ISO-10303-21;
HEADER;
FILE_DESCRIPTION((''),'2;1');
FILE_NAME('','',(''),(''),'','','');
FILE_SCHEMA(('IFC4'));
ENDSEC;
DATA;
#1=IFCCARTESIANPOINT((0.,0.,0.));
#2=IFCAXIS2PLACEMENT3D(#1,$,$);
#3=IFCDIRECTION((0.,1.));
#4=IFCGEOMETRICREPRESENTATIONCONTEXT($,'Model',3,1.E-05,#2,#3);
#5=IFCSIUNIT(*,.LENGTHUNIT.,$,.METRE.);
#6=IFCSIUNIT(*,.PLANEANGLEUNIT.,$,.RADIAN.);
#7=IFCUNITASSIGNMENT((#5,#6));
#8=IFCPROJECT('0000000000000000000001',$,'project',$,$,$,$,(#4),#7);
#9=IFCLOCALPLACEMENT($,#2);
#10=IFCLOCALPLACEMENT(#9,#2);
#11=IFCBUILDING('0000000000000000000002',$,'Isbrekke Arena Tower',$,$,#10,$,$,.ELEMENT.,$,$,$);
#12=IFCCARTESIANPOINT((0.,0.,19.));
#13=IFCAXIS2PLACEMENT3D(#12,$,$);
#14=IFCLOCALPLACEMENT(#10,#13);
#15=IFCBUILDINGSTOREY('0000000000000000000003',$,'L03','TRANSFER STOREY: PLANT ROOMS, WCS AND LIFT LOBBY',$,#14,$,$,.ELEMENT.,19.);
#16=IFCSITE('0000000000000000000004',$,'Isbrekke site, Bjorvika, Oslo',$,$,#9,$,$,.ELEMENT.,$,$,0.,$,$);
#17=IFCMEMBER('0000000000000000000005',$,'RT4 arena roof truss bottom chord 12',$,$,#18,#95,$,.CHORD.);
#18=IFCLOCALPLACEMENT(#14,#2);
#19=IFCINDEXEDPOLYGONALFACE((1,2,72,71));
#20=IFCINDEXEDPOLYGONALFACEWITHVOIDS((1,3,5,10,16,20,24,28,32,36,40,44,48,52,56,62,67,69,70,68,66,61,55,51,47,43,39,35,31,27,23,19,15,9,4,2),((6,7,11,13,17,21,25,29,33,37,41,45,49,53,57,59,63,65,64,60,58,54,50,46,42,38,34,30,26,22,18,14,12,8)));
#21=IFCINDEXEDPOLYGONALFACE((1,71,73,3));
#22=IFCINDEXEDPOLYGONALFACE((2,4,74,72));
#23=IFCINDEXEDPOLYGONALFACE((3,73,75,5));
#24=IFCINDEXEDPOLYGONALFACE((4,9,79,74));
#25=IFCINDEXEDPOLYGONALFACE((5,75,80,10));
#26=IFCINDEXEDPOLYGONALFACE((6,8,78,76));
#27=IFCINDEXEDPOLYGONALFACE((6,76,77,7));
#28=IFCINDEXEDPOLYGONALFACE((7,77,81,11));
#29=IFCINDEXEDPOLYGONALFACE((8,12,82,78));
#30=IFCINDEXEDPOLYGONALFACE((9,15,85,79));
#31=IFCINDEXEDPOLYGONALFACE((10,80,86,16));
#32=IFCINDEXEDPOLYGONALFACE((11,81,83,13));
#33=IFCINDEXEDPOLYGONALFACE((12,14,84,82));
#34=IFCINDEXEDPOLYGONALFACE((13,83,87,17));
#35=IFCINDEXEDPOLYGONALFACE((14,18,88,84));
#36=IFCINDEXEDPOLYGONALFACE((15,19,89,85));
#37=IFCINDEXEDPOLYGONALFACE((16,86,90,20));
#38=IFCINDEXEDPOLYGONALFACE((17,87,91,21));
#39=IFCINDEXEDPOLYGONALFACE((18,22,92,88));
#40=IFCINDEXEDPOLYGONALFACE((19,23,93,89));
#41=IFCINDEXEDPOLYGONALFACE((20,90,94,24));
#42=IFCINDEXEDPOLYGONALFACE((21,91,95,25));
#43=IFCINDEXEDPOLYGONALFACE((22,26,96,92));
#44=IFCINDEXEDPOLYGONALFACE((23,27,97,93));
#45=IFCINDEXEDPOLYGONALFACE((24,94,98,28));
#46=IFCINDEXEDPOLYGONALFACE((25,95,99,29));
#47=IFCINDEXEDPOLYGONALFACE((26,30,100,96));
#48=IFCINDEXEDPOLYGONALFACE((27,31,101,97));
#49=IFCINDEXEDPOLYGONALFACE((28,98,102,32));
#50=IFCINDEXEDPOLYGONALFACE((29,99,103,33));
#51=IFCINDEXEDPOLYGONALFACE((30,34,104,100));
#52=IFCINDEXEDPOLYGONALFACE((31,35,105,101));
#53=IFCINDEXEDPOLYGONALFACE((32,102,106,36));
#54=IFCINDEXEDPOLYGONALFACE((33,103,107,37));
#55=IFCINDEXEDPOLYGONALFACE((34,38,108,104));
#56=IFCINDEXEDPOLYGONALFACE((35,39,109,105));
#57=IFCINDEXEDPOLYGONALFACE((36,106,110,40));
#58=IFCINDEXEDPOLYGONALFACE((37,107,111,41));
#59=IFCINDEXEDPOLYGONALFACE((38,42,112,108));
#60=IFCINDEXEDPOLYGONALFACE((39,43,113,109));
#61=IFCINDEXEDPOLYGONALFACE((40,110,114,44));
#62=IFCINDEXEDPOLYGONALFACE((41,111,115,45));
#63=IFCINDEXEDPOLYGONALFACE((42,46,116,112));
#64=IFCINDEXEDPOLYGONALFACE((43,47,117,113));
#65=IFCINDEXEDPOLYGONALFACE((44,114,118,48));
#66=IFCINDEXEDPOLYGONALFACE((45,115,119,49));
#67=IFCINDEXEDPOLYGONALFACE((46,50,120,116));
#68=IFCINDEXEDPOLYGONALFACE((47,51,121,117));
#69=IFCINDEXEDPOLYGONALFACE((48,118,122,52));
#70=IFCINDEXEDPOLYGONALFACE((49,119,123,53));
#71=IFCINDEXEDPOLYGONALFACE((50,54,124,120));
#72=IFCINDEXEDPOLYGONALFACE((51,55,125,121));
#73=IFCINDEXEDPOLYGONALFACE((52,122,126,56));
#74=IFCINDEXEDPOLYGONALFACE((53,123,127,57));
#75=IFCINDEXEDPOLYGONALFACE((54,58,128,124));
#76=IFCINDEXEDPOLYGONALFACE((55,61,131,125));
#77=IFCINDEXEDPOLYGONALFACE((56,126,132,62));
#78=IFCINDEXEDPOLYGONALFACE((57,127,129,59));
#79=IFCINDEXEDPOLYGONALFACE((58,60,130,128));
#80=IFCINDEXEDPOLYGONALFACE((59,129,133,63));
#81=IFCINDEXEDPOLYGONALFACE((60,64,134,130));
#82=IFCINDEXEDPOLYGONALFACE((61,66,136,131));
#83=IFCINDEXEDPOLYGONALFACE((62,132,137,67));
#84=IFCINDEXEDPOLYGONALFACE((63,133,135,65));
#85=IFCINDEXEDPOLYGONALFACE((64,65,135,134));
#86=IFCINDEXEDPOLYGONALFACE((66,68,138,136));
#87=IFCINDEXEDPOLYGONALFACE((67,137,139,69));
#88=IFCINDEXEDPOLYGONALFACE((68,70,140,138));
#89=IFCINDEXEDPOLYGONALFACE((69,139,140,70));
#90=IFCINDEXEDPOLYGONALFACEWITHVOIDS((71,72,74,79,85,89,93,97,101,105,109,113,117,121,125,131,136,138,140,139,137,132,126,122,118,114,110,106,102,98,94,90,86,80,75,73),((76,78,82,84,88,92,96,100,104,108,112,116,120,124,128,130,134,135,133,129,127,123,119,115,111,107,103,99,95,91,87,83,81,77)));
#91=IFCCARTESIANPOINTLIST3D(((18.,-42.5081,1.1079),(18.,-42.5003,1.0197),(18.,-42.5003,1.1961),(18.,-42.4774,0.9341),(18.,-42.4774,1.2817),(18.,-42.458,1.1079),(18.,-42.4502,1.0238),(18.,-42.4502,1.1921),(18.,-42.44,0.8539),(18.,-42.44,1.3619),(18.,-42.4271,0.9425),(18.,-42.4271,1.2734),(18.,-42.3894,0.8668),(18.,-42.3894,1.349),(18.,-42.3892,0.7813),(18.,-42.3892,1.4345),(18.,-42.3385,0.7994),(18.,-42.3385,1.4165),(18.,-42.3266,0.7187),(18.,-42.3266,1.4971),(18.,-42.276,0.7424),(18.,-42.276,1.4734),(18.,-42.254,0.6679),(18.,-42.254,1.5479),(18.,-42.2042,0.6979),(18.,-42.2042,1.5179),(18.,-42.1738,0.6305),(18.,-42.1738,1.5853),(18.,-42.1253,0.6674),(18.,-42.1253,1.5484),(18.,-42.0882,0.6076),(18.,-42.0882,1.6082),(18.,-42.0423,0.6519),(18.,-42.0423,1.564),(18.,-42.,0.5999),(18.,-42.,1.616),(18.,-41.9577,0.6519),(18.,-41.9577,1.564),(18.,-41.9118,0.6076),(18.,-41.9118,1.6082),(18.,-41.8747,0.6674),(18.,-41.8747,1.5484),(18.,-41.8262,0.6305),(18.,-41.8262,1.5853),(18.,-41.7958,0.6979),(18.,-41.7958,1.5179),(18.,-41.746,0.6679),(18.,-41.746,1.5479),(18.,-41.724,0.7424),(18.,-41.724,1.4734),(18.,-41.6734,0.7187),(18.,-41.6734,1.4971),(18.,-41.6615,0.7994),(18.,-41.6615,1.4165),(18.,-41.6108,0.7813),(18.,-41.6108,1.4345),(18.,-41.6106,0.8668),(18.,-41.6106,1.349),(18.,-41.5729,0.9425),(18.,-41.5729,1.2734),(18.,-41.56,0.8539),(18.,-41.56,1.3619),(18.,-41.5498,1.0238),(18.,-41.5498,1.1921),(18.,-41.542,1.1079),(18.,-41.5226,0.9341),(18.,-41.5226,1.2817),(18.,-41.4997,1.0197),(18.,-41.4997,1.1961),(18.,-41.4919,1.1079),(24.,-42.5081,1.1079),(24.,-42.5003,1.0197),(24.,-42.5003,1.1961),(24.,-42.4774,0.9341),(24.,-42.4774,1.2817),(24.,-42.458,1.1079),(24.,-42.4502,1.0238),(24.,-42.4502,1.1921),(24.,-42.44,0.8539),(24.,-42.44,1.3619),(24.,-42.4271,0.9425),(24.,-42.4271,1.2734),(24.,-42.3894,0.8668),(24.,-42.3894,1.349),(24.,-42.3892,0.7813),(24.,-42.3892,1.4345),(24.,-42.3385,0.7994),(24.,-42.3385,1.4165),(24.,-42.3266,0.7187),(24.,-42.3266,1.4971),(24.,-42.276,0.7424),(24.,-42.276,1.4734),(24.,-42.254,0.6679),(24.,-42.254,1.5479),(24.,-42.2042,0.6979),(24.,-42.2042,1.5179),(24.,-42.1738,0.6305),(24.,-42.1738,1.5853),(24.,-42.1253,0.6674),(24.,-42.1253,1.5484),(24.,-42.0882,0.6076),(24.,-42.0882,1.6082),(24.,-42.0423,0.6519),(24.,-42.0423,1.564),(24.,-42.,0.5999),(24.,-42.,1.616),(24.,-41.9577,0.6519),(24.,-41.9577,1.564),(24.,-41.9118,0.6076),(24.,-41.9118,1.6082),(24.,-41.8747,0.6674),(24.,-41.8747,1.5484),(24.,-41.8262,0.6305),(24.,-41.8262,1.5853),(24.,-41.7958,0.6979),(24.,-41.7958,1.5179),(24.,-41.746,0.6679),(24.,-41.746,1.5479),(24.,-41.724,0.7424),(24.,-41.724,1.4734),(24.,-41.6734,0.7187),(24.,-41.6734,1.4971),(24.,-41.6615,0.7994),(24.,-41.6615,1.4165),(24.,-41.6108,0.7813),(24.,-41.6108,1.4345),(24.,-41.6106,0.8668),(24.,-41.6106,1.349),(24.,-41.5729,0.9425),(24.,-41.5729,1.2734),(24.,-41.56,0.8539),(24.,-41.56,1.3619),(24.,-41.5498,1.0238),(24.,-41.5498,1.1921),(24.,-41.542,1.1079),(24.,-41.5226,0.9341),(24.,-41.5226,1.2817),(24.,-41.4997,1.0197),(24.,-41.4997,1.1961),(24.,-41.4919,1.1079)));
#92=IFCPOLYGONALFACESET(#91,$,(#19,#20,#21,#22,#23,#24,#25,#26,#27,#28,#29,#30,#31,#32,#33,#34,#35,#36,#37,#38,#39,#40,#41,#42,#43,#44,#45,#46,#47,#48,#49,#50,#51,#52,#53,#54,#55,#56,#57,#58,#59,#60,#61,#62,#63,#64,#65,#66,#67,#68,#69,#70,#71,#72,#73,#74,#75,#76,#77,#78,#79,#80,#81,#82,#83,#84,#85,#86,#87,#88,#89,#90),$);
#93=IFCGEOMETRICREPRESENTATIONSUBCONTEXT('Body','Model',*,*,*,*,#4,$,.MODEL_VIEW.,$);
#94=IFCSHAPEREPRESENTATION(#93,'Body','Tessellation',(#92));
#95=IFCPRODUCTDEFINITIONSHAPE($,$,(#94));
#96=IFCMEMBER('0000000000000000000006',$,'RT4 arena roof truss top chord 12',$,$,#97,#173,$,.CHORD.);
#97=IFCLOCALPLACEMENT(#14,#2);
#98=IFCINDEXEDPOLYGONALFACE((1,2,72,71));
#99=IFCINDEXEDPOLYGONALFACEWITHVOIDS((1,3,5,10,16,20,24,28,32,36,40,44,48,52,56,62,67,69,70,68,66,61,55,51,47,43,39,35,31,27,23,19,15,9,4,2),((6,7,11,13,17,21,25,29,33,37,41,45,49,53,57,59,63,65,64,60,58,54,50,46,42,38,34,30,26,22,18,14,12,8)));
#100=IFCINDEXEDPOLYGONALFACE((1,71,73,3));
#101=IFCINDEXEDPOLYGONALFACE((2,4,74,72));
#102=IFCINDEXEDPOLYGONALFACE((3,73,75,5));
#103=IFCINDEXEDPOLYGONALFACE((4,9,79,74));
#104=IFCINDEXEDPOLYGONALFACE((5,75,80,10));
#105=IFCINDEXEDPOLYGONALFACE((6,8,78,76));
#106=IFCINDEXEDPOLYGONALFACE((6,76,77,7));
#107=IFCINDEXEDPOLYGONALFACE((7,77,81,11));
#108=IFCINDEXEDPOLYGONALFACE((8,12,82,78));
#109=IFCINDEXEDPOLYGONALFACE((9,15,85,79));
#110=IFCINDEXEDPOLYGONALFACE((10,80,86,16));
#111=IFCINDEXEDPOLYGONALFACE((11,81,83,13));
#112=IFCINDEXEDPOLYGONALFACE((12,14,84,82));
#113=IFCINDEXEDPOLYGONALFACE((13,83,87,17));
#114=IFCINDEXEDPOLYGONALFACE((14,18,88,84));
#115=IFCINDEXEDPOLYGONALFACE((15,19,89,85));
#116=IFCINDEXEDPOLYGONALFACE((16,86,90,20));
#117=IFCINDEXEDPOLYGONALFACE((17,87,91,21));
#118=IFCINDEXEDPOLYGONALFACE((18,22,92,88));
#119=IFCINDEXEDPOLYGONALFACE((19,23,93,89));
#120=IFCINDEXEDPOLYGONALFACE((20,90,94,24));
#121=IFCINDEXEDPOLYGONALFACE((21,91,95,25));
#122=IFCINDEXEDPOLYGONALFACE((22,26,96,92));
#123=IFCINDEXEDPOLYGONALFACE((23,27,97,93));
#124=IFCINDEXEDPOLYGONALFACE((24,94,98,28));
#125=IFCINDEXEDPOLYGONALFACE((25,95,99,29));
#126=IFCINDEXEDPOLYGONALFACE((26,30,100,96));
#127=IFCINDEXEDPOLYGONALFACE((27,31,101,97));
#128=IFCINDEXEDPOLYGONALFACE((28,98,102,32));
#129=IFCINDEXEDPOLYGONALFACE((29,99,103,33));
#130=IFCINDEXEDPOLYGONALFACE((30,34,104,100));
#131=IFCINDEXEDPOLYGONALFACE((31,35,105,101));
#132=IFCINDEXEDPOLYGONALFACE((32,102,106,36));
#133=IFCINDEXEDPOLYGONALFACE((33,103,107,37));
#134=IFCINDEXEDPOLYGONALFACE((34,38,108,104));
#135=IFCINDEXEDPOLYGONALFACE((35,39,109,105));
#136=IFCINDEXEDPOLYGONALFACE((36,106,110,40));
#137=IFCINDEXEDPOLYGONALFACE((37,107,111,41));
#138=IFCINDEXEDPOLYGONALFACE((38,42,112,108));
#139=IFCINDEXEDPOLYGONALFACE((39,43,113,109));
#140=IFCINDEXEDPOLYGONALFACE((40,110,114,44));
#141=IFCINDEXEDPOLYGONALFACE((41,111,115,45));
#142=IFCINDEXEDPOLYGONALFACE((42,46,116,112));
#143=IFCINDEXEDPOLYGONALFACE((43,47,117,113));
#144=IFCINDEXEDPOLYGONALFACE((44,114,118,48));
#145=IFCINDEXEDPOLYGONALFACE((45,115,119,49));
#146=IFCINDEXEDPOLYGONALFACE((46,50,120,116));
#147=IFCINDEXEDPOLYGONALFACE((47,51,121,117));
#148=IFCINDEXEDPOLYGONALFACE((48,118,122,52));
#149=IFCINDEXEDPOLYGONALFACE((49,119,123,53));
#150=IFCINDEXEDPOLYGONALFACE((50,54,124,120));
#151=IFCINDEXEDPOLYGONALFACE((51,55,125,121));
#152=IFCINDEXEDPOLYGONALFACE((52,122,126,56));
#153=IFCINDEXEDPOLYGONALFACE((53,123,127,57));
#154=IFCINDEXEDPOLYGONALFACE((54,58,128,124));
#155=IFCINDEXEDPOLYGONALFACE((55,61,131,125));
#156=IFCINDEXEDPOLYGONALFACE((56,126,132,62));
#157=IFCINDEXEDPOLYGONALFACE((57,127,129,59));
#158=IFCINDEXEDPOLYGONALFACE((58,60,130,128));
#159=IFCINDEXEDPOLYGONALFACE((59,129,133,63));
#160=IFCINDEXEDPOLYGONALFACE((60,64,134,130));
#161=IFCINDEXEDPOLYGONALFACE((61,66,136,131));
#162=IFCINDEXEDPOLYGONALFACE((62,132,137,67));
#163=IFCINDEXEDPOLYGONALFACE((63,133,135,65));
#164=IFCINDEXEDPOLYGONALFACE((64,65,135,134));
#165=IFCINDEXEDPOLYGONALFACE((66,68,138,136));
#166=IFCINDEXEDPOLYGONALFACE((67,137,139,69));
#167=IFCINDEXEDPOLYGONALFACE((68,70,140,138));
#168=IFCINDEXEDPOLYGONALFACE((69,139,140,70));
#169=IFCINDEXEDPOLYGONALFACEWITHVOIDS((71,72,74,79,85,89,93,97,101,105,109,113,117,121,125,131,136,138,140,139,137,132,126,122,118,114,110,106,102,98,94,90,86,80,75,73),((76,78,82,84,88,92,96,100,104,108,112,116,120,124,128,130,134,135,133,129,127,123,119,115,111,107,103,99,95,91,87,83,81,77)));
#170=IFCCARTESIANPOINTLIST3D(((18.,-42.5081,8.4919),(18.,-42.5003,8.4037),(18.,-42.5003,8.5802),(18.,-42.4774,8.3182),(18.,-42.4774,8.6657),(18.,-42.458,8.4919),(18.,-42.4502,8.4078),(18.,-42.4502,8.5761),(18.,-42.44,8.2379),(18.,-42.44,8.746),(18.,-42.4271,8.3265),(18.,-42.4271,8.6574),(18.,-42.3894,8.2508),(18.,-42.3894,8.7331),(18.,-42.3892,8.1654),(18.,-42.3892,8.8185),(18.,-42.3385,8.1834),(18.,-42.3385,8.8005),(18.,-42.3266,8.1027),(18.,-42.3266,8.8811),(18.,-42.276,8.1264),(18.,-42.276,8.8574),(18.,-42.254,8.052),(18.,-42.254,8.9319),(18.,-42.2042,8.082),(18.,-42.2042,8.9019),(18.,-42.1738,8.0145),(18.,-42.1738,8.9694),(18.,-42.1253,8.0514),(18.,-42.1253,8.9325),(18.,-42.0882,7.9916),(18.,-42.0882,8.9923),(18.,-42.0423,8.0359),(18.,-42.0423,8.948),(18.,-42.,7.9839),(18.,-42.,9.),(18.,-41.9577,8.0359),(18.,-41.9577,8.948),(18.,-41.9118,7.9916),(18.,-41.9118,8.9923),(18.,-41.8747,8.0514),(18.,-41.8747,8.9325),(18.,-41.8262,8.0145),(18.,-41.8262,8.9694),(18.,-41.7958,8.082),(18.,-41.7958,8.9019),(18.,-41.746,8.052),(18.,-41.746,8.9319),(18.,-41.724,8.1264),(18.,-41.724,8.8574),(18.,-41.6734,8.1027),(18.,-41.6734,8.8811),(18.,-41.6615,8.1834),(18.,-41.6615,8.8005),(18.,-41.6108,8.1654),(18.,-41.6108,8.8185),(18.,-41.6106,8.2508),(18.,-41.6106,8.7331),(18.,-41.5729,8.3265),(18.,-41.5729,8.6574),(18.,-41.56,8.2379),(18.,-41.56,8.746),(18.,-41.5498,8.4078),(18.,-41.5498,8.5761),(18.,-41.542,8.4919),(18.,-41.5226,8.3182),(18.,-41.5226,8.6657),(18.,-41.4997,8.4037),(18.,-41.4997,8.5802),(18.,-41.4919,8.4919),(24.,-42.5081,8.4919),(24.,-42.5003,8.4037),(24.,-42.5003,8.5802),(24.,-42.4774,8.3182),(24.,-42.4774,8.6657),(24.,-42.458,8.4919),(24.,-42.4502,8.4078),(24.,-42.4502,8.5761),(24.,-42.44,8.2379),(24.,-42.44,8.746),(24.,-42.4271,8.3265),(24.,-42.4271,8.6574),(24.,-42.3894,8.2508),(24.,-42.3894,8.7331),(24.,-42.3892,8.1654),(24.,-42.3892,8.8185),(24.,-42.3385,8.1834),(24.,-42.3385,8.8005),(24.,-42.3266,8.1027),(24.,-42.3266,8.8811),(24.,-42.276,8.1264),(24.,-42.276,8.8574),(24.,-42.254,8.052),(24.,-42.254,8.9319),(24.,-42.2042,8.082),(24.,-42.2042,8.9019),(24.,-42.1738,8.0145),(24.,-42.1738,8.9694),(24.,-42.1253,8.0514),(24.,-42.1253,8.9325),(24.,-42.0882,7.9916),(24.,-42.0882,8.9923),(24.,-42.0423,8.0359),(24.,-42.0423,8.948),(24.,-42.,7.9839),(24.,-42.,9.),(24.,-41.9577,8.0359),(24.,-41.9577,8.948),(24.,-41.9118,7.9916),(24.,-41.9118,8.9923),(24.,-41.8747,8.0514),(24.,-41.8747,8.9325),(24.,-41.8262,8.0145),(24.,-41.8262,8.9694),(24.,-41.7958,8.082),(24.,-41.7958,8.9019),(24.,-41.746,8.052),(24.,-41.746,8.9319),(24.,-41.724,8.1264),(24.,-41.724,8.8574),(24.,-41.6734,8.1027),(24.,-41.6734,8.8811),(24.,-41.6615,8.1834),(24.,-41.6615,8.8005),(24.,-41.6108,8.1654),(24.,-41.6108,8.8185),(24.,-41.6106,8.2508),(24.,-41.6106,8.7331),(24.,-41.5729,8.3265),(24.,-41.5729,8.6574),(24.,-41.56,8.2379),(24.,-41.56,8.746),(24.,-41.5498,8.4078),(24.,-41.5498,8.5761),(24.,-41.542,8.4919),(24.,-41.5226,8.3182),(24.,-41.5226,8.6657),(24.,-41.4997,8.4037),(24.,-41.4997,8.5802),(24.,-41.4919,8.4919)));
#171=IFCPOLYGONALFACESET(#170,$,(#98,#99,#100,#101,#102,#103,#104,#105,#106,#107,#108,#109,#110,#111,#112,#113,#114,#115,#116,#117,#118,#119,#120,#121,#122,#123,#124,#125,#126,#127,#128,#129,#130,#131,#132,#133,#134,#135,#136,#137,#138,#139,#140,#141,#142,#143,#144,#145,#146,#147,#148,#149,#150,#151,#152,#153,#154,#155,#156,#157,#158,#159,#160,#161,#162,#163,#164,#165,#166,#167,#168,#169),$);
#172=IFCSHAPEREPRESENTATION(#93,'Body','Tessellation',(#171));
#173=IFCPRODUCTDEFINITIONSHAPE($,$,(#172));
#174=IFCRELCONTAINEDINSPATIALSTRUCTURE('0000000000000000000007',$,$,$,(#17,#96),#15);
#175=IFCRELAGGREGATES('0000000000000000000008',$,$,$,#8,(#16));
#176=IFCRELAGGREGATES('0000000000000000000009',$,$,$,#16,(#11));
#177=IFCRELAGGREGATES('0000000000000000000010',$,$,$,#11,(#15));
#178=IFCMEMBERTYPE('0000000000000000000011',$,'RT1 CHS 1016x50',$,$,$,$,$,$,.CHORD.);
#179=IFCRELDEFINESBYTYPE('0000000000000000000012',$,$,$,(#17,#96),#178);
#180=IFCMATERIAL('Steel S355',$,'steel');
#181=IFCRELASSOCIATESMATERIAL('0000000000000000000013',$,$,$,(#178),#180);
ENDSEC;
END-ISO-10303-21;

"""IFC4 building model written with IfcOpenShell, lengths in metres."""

from ifc_helpers import new_model, si_unit, direction, frame, origin, origin_2d, place, context, subcontext, project, spatial, hollow_circle, extrude, material, material_profile, profile_set, type_object, element, save


model = new_model("IFC4")

# Units and contexts
model_context = context("Model", 3, precision=1e-05, world=origin(), true_north=direction((0.0, 1.0)))
body_context = subcontext(model_context, "Body", "Model", "MODEL_VIEW")
ifc_project = project(units=[si_unit("LENGTHUNIT", "METRE"), si_unit("PLANEANGLEUNIT", "RADIAN")], contexts=[model_context])

# Site, building, storey
site_placement = place(None, origin())
site = spatial("IfcSite", under=ifc_project, at=site_placement, Name="Isbrekke site, Bjorvika, Oslo", CompositionType="ELEMENT", RefElevation=0.0)
building_placement = place(site_placement, origin())
building = spatial("IfcBuilding", under=site, at=building_placement, Name="Isbrekke Arena Tower", CompositionType="ELEMENT")
storey_placement = place(building_placement, frame((0.0, 0.0, 19.0)))
storey = spatial("IfcBuildingStorey", under=building, at=storey_placement, Name="L03", Description="TRANSFER STOREY: PLANT ROOMS, WCS AND LIFT LOBBY", CompositionType="ELEMENT", Elevation=19.0)

# Members
ifc_material_1 = material(Name="Steel S355", Category="steel")
ifc_material_profile_1 = material_profile(ifc_material_1, hollow_circle(Radius=0.5081, WallThickness=0.05, at=origin_2d()), Name="CHS 1016x50")
ifc_profile_set_1 = profile_set([ifc_material_profile_1], Name="Steel S355")
member_type_1 = type_object("IfcMemberType", Name="RT1 CHS 1016x50", PredefinedType="CHORD", material=ifc_profile_set_1)
for number, where, z_axis, x_axis, name in (
    (1, (18.0, -42.0, 1.1079), (1.0, 0.0, 0.0), (0.0, 1.0, 0.0), "RT4 arena roof truss bottom chord 12"),
    (2, (18.0, -42.0, 8.4919), (1.0, 0.0, 0.0), (0.0, 1.0, 0.0), "RT4 arena roof truss top chord 12"),
):
    element("IfcMember", number, at=place(storey_placement, frame(where, z_axis=z_axis, x_axis=x_axis)), inside=storey, type_object=member_type_1, Name=name, PredefinedType="CHORD", context=body_context, shape_type="SweptSolid", body=[
        extrude(hollow_circle(Radius=0.5081, WallThickness=0.05, at=origin_2d()), origin(), (0.0, 0.0, 1.0), 6.0),
    ])

save(model, "model.ifc")
